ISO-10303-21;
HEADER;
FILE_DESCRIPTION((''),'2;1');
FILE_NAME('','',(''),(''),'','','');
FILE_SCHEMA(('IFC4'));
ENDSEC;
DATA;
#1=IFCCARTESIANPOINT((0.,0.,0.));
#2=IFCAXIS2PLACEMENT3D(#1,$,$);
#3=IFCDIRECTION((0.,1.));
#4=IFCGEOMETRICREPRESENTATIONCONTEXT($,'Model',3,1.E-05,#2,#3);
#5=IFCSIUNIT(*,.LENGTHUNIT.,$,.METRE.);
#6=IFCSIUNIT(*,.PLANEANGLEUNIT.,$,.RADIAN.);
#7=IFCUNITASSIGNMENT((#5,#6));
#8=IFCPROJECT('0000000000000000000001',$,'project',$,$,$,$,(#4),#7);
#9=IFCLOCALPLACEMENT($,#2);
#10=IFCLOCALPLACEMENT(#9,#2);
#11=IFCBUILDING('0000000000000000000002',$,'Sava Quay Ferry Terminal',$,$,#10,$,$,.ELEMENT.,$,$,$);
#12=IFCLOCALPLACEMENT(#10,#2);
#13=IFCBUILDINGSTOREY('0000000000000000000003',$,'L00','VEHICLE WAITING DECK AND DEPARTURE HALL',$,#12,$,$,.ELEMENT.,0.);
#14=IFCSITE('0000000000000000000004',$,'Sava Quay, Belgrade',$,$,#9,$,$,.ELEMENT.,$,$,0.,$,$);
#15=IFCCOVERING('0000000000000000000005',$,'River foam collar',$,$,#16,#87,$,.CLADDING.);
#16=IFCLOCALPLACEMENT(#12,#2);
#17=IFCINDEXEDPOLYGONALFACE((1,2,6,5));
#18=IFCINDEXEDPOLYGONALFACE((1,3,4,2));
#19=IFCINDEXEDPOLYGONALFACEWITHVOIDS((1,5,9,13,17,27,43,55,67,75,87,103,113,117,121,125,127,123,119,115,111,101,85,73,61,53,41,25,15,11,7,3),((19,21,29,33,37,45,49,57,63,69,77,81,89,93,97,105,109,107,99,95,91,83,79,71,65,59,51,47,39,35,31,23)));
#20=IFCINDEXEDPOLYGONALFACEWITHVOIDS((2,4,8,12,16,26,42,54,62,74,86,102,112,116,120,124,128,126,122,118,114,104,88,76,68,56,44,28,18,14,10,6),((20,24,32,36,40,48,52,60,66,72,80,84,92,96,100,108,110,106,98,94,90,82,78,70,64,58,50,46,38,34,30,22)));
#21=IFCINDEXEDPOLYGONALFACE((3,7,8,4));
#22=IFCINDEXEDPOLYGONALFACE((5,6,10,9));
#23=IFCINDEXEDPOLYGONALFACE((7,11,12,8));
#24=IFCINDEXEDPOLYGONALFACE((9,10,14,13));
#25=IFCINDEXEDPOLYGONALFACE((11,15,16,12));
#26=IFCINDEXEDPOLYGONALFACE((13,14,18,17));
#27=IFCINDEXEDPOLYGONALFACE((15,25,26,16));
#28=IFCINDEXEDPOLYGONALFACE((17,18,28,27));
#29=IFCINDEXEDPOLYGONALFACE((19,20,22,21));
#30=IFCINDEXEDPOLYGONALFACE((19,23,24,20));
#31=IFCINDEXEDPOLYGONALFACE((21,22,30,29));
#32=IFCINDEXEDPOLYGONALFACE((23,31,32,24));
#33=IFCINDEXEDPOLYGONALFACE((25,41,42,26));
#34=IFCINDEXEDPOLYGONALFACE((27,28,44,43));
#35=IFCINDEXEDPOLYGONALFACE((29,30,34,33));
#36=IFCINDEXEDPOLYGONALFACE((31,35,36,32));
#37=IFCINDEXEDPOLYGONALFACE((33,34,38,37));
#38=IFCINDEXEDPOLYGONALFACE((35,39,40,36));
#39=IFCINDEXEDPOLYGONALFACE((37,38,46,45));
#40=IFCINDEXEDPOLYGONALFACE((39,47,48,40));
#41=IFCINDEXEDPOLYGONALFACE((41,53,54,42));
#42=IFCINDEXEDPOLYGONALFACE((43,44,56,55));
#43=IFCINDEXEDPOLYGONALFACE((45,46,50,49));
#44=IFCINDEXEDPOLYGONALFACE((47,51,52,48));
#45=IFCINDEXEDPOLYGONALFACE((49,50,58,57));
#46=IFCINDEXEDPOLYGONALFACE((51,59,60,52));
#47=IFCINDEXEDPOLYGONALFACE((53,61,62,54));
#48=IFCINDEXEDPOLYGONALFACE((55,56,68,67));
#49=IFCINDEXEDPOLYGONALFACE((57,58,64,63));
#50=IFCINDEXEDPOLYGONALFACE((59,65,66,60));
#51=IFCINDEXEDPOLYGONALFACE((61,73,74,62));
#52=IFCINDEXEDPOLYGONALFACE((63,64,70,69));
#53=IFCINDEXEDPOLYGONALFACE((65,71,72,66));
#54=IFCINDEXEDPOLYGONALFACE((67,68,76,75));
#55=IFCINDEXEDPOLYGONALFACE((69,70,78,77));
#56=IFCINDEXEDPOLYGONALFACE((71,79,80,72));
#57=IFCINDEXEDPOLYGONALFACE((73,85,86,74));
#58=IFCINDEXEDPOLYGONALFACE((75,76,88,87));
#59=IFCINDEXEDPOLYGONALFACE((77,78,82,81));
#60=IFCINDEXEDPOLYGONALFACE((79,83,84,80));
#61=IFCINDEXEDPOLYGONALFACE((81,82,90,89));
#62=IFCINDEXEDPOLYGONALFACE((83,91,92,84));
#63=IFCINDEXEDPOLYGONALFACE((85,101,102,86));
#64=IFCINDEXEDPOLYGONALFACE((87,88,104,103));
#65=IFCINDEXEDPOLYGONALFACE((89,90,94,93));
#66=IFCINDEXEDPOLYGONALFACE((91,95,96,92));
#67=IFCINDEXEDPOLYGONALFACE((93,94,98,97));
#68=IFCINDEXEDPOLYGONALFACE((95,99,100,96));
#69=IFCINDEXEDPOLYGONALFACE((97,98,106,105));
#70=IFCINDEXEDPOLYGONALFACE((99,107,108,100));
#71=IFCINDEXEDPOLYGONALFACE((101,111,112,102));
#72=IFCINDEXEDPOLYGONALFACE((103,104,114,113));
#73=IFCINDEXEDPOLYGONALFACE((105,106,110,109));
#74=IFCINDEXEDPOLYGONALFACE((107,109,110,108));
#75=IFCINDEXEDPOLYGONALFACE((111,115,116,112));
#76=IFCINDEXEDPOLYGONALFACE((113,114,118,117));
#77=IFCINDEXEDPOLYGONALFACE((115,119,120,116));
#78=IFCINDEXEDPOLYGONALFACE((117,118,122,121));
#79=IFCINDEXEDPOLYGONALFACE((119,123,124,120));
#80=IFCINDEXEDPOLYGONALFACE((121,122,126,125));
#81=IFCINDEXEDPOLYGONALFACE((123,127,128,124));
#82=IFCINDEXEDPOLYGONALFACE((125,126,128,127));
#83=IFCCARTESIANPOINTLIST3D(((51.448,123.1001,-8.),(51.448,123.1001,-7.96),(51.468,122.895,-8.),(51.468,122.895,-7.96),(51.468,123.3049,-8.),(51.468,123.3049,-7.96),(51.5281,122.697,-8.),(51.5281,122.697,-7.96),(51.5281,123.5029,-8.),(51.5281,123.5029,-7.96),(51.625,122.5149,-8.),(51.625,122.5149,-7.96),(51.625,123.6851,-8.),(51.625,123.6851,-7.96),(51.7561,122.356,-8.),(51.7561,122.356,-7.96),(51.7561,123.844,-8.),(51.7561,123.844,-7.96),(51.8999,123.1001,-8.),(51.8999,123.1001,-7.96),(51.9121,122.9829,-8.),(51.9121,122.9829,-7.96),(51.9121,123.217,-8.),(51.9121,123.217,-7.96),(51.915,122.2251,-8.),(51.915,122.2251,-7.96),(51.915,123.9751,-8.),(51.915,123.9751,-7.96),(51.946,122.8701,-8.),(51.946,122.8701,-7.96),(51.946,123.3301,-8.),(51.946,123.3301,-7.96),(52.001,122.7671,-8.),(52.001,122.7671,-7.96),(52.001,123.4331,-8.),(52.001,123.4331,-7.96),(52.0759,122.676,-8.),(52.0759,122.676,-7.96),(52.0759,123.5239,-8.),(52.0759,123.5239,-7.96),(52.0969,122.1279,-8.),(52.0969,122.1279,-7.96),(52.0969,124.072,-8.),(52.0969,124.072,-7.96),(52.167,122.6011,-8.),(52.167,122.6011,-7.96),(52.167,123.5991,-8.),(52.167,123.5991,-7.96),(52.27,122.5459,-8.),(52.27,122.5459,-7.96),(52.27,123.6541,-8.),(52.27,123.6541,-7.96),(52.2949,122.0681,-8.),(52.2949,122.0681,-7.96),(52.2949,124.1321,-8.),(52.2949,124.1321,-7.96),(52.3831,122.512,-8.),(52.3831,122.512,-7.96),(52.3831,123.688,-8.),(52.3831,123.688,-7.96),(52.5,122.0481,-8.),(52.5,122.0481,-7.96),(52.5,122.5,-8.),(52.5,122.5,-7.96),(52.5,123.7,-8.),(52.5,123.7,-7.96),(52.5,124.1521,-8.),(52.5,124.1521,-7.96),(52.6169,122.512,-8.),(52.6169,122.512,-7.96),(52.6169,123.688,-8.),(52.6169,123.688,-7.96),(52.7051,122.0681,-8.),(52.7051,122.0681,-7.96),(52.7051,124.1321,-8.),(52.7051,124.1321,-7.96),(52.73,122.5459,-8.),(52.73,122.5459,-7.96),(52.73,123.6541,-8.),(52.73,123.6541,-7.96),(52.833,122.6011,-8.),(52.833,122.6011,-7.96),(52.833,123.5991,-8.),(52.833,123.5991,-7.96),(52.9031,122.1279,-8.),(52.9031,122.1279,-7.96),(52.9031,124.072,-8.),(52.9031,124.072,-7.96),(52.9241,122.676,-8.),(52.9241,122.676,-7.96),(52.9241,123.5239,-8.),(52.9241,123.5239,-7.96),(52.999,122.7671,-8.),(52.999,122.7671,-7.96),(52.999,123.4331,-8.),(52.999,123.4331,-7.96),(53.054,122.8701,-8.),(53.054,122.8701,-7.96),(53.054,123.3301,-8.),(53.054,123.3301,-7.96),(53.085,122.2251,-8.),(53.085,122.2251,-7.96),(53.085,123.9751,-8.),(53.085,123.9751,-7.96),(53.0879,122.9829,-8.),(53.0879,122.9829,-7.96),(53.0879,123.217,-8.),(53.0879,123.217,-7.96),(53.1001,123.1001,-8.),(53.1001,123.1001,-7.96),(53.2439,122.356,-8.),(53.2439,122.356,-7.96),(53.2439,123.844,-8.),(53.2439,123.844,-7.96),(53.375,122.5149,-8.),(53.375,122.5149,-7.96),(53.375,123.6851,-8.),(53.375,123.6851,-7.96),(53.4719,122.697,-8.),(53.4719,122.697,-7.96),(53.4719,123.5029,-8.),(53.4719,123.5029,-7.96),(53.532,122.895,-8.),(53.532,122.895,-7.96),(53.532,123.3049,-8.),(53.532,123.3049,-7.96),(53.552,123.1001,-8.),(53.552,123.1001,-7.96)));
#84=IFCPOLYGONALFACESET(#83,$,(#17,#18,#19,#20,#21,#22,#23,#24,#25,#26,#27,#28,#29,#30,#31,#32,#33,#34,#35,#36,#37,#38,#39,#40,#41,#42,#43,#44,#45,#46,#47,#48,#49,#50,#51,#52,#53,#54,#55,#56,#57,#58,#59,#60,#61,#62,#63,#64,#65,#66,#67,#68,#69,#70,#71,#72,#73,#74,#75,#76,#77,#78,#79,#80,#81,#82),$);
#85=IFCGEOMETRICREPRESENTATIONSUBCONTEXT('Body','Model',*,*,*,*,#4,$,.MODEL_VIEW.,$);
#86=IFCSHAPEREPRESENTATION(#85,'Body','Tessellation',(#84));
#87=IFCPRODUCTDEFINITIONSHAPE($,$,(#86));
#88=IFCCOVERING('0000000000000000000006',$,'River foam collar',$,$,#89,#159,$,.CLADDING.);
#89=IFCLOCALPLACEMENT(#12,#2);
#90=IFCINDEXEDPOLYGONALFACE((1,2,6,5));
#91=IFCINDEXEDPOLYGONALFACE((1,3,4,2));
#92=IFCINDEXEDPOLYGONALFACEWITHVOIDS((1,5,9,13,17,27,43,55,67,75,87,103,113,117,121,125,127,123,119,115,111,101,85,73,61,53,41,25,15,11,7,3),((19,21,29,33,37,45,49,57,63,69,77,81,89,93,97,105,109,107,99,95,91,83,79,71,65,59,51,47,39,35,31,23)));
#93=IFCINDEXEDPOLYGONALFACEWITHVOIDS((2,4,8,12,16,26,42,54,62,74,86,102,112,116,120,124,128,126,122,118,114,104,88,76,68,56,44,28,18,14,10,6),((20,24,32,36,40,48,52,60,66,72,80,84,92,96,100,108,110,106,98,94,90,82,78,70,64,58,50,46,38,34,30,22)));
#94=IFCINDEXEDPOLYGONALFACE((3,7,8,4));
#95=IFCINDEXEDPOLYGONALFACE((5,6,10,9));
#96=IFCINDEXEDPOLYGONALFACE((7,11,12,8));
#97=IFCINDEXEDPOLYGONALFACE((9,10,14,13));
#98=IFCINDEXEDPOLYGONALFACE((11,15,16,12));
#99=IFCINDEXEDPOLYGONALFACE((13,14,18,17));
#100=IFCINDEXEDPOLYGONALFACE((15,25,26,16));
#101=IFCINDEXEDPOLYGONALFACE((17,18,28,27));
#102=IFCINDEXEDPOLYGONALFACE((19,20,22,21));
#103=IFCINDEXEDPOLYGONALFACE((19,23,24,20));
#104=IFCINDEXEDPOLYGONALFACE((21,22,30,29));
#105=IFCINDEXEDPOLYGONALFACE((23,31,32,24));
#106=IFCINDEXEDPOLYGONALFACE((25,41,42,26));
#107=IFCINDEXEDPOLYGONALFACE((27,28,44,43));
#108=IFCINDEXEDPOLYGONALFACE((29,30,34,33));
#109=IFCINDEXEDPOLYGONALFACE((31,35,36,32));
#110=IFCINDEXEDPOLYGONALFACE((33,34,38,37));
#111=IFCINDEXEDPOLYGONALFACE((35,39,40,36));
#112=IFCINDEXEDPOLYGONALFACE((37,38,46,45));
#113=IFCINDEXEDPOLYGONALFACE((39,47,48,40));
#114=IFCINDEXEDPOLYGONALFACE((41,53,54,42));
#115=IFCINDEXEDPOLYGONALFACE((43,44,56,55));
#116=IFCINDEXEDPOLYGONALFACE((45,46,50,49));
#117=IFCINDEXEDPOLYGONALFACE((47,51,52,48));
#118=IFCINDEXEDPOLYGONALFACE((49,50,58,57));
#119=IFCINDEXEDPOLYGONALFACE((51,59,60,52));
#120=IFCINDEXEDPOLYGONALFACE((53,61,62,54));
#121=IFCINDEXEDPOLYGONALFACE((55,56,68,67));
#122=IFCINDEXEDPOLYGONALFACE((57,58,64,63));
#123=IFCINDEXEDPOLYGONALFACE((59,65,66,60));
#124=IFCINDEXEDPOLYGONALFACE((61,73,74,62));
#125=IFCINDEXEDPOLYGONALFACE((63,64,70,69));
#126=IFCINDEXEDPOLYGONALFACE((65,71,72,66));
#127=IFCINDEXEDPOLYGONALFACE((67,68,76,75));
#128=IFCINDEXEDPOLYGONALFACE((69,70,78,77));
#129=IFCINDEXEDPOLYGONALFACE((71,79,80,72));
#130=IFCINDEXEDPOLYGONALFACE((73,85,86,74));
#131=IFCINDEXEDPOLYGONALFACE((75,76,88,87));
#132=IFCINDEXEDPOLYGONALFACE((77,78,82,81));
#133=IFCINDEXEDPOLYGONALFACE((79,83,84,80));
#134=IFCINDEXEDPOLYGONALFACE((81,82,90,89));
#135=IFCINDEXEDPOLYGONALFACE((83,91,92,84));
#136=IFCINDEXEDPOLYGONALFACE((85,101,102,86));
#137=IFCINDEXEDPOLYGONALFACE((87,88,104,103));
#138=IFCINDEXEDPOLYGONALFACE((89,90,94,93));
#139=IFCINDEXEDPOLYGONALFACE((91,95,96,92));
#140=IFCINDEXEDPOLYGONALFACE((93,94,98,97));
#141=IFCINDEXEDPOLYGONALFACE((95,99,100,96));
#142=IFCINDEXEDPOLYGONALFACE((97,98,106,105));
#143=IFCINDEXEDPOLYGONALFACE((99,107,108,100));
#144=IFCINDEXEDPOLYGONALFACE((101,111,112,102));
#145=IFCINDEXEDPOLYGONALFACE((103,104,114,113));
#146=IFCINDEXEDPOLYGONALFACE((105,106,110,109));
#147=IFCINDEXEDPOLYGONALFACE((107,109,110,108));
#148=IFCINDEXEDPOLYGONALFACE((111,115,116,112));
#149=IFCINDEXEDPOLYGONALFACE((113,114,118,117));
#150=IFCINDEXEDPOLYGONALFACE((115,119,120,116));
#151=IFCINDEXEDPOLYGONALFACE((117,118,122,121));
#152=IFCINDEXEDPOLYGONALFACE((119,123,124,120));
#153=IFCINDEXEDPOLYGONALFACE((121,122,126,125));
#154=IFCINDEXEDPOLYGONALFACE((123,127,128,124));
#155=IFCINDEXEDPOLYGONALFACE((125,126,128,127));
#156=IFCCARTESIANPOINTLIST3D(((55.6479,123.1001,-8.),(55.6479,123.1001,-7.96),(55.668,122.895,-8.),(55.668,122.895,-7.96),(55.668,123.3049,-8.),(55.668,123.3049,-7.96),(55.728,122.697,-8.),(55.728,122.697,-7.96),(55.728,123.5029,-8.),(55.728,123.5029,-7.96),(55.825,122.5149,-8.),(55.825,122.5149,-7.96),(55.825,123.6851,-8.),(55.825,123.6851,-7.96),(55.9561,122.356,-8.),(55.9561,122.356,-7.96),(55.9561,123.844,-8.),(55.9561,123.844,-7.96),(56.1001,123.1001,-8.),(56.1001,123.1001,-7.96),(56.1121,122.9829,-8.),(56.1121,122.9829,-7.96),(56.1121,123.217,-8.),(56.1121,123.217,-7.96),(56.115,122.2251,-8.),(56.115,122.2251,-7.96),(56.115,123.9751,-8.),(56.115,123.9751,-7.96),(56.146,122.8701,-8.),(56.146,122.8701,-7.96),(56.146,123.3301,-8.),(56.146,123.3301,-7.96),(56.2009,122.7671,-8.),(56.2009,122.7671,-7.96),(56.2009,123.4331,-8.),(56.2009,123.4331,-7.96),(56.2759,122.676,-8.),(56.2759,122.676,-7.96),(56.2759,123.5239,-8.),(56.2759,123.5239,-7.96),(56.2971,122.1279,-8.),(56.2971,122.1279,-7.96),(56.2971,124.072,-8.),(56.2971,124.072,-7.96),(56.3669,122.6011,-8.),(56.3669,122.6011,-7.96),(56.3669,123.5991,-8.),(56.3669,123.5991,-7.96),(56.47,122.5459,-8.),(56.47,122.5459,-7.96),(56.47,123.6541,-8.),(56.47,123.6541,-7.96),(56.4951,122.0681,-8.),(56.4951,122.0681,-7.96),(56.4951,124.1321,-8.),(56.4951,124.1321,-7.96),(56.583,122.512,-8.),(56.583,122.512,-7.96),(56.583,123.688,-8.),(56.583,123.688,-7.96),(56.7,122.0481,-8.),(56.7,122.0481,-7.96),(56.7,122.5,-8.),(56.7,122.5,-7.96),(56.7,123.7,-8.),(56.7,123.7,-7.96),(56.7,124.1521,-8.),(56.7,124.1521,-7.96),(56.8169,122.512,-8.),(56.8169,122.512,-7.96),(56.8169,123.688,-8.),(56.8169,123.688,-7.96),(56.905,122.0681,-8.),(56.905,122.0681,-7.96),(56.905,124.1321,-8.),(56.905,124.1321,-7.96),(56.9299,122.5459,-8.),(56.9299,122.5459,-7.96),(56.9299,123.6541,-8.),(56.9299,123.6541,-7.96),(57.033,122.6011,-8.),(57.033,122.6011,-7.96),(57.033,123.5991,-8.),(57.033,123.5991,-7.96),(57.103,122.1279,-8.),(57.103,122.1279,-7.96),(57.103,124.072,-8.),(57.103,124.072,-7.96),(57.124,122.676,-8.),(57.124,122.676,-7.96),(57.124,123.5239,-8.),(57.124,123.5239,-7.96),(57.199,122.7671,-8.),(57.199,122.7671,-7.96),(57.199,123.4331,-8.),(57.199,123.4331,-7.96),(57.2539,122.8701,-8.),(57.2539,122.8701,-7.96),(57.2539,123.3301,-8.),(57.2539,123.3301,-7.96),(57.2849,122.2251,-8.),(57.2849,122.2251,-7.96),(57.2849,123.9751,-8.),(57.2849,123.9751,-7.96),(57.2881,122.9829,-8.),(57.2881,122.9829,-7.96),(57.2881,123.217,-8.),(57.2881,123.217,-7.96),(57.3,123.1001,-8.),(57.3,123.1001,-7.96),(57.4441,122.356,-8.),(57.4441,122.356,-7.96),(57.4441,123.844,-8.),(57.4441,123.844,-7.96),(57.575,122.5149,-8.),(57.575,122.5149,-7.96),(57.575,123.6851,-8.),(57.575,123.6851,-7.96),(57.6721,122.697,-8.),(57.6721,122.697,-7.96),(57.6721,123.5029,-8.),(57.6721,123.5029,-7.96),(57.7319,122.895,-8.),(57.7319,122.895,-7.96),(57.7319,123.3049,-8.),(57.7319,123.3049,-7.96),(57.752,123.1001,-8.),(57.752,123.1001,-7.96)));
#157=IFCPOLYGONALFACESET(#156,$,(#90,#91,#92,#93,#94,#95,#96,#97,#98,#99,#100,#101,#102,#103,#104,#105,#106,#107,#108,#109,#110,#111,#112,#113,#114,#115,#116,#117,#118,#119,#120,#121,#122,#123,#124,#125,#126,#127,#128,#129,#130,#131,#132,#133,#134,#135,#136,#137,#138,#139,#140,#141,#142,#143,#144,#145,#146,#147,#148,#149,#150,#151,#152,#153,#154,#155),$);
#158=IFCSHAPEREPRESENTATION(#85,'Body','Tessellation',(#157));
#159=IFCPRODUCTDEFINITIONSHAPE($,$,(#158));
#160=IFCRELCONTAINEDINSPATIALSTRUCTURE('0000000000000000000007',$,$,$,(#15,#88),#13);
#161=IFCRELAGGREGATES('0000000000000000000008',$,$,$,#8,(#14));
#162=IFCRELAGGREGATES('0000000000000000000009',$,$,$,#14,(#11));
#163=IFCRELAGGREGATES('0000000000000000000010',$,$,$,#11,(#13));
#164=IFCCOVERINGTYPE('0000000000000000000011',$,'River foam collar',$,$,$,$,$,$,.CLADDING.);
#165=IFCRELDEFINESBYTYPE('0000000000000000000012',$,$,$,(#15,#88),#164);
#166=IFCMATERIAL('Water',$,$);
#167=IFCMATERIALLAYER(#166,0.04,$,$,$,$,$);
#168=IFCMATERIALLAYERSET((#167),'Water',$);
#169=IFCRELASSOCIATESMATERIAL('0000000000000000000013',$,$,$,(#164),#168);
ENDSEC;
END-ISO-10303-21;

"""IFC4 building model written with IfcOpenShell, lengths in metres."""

from ifc_helpers import new_model, si_unit, direction, frame, origin, place, context, subcontext, project, spatial, polyline, outline, extrude, material, layer, layer_set, type_object, element, save


model = new_model("IFC4")

# Units and contexts
model_context = context("Model", 3, precision=1e-05, world=origin(), true_north=direction((0.0, 1.0)))
body_context = subcontext(model_context, "Body", "Model", "MODEL_VIEW")
ifc_project = project(units=[si_unit("LENGTHUNIT", "METRE"), si_unit("PLANEANGLEUNIT", "RADIAN")], contexts=[model_context])

# Site, building, storey
site_placement = place(None, origin())
site = spatial("IfcSite", under=ifc_project, at=site_placement, Name="Sava Quay, Belgrade", CompositionType="ELEMENT", RefElevation=0.0)
building_placement = place(site_placement, origin())
building = spatial("IfcBuilding", under=site, at=building_placement, Name="Sava Quay Ferry Terminal", CompositionType="ELEMENT")
storey_placement = place(building_placement, origin())
storey = spatial("IfcBuildingStorey", under=building, at=storey_placement, Name="L00", Description="VEHICLE WAITING DECK AND DEPARTURE HALL", CompositionType="ELEMENT", Elevation=0.0)

# Coverings
ifc_material = material(Name="Water")
ifc_layer = layer(ifc_material, 0.04)
ifc_layer_set = layer_set([ifc_layer], Name="Water")
covering_type = type_object("IfcCoveringType", Name="River foam collar", PredefinedType="CLADDING", material=ifc_layer_set)
covering_1_placement = place(storey_placement, frame((0.0, 0.0, -8.0)))
element("IfcCovering", 1, at=covering_1_placement, inside=storey, type_object=covering_type, Name="River foam collar", PredefinedType="CLADDING", context=body_context, shape_type="SweptSolid", body=[
    extrude(outline(polyline([(51.915, 122.2251), (52.0969, 122.1279), (52.2949, 122.0681), (52.5, 122.0481), (52.7051, 122.0681), (52.9031, 122.1279), (53.085, 122.2251), (53.2439, 122.356), (53.375, 122.5149), (53.4719, 122.697), (53.532, 122.895), (53.552, 123.1001), (53.532, 123.3049), (53.4719, 123.5029), (53.375, 123.6851), (53.2439, 123.844), (53.085, 123.9751), (52.9031, 124.072), (52.7051, 124.1321), (52.5, 124.1521), (52.2949, 124.1321), (52.0969, 124.072), (51.915, 123.9751), (51.7561, 123.844), (51.625, 123.6851), (51.5281, 123.5029), (51.468, 123.3049), (51.448, 123.1001), (51.468, 122.895), (51.5281, 122.697), (51.625, 122.5149), (51.7561, 122.356), (51.915, 122.2251)]), holes=[polyline([(52.167, 123.5991), (52.27, 123.6541), (52.3831, 123.688), (52.5, 123.7), (52.6169, 123.688), (52.73, 123.6541), (52.833, 123.5991), (52.9241, 123.5239), (52.999, 123.4331), (53.054, 123.3301), (53.0879, 123.217), (53.1001, 123.1001), (53.0879, 122.9829), (53.054, 122.8701), (52.999, 122.7671), (52.9241, 122.676), (52.833, 122.6011), (52.73, 122.5459), (52.6169, 122.512), (52.5, 122.5), (52.3831, 122.512), (52.27, 122.5459), (52.167, 122.6011), (52.0759, 122.676), (52.001, 122.7671), (51.946, 122.8701), (51.9121, 122.9829), (51.8999, 123.1001), (51.9121, 123.217), (51.946, 123.3301), (52.001, 123.4331), (52.0759, 123.5239), (52.167, 123.5991)])]), origin(), (0.0, 0.0, 1.0), 0.04),
])
covering_2_placement = place(storey_placement, frame((0.0, 0.0, -8.0)))
element("IfcCovering", 2, at=covering_2_placement, inside=storey, type_object=covering_type, Name="River foam collar", PredefinedType="CLADDING", context=body_context, shape_type="SweptSolid", body=[
    extrude(outline(polyline([(55.9561, 122.356), (56.115, 122.2251), (56.2971, 122.1279), (56.4951, 122.0681), (56.7, 122.0481), (56.905, 122.0681), (57.103, 122.1279), (57.2849, 122.2251), (57.4441, 122.356), (57.575, 122.5149), (57.6721, 122.697), (57.7319, 122.895), (57.752, 123.1001), (57.7319, 123.3049), (57.6721, 123.5029), (57.575, 123.6851), (57.4441, 123.844), (57.2849, 123.9751), (57.103, 124.072), (56.905, 124.1321), (56.7, 124.1521), (56.4951, 124.1321), (56.2971, 124.072), (56.115, 123.9751), (55.9561, 123.844), (55.825, 123.6851), (55.728, 123.5029), (55.668, 123.3049), (55.6479, 123.1001), (55.668, 122.895), (55.728, 122.697), (55.825, 122.5149), (55.9561, 122.356)]), holes=[polyline([(56.2759, 123.5239), (56.3669, 123.5991), (56.47, 123.6541), (56.583, 123.688), (56.7, 123.7), (56.8169, 123.688), (56.9299, 123.6541), (57.033, 123.5991), (57.124, 123.5239), (57.199, 123.4331), (57.2539, 123.3301), (57.2881, 123.217), (57.3, 123.1001), (57.2881, 122.9829), (57.2539, 122.8701), (57.199, 122.7671), (57.124, 122.676), (57.033, 122.6011), (56.9299, 122.5459), (56.8169, 122.512), (56.7, 122.5), (56.583, 122.512), (56.47, 122.5459), (56.3669, 122.6011), (56.2759, 122.676), (56.2009, 122.7671), (56.146, 122.8701), (56.1121, 122.9829), (56.1001, 123.1001), (56.1121, 123.217), (56.146, 123.3301), (56.2009, 123.4331), (56.2759, 123.5239)])]), origin(), (0.0, 0.0, 1.0), 0.04),
])

save(model, "model.ifc")
